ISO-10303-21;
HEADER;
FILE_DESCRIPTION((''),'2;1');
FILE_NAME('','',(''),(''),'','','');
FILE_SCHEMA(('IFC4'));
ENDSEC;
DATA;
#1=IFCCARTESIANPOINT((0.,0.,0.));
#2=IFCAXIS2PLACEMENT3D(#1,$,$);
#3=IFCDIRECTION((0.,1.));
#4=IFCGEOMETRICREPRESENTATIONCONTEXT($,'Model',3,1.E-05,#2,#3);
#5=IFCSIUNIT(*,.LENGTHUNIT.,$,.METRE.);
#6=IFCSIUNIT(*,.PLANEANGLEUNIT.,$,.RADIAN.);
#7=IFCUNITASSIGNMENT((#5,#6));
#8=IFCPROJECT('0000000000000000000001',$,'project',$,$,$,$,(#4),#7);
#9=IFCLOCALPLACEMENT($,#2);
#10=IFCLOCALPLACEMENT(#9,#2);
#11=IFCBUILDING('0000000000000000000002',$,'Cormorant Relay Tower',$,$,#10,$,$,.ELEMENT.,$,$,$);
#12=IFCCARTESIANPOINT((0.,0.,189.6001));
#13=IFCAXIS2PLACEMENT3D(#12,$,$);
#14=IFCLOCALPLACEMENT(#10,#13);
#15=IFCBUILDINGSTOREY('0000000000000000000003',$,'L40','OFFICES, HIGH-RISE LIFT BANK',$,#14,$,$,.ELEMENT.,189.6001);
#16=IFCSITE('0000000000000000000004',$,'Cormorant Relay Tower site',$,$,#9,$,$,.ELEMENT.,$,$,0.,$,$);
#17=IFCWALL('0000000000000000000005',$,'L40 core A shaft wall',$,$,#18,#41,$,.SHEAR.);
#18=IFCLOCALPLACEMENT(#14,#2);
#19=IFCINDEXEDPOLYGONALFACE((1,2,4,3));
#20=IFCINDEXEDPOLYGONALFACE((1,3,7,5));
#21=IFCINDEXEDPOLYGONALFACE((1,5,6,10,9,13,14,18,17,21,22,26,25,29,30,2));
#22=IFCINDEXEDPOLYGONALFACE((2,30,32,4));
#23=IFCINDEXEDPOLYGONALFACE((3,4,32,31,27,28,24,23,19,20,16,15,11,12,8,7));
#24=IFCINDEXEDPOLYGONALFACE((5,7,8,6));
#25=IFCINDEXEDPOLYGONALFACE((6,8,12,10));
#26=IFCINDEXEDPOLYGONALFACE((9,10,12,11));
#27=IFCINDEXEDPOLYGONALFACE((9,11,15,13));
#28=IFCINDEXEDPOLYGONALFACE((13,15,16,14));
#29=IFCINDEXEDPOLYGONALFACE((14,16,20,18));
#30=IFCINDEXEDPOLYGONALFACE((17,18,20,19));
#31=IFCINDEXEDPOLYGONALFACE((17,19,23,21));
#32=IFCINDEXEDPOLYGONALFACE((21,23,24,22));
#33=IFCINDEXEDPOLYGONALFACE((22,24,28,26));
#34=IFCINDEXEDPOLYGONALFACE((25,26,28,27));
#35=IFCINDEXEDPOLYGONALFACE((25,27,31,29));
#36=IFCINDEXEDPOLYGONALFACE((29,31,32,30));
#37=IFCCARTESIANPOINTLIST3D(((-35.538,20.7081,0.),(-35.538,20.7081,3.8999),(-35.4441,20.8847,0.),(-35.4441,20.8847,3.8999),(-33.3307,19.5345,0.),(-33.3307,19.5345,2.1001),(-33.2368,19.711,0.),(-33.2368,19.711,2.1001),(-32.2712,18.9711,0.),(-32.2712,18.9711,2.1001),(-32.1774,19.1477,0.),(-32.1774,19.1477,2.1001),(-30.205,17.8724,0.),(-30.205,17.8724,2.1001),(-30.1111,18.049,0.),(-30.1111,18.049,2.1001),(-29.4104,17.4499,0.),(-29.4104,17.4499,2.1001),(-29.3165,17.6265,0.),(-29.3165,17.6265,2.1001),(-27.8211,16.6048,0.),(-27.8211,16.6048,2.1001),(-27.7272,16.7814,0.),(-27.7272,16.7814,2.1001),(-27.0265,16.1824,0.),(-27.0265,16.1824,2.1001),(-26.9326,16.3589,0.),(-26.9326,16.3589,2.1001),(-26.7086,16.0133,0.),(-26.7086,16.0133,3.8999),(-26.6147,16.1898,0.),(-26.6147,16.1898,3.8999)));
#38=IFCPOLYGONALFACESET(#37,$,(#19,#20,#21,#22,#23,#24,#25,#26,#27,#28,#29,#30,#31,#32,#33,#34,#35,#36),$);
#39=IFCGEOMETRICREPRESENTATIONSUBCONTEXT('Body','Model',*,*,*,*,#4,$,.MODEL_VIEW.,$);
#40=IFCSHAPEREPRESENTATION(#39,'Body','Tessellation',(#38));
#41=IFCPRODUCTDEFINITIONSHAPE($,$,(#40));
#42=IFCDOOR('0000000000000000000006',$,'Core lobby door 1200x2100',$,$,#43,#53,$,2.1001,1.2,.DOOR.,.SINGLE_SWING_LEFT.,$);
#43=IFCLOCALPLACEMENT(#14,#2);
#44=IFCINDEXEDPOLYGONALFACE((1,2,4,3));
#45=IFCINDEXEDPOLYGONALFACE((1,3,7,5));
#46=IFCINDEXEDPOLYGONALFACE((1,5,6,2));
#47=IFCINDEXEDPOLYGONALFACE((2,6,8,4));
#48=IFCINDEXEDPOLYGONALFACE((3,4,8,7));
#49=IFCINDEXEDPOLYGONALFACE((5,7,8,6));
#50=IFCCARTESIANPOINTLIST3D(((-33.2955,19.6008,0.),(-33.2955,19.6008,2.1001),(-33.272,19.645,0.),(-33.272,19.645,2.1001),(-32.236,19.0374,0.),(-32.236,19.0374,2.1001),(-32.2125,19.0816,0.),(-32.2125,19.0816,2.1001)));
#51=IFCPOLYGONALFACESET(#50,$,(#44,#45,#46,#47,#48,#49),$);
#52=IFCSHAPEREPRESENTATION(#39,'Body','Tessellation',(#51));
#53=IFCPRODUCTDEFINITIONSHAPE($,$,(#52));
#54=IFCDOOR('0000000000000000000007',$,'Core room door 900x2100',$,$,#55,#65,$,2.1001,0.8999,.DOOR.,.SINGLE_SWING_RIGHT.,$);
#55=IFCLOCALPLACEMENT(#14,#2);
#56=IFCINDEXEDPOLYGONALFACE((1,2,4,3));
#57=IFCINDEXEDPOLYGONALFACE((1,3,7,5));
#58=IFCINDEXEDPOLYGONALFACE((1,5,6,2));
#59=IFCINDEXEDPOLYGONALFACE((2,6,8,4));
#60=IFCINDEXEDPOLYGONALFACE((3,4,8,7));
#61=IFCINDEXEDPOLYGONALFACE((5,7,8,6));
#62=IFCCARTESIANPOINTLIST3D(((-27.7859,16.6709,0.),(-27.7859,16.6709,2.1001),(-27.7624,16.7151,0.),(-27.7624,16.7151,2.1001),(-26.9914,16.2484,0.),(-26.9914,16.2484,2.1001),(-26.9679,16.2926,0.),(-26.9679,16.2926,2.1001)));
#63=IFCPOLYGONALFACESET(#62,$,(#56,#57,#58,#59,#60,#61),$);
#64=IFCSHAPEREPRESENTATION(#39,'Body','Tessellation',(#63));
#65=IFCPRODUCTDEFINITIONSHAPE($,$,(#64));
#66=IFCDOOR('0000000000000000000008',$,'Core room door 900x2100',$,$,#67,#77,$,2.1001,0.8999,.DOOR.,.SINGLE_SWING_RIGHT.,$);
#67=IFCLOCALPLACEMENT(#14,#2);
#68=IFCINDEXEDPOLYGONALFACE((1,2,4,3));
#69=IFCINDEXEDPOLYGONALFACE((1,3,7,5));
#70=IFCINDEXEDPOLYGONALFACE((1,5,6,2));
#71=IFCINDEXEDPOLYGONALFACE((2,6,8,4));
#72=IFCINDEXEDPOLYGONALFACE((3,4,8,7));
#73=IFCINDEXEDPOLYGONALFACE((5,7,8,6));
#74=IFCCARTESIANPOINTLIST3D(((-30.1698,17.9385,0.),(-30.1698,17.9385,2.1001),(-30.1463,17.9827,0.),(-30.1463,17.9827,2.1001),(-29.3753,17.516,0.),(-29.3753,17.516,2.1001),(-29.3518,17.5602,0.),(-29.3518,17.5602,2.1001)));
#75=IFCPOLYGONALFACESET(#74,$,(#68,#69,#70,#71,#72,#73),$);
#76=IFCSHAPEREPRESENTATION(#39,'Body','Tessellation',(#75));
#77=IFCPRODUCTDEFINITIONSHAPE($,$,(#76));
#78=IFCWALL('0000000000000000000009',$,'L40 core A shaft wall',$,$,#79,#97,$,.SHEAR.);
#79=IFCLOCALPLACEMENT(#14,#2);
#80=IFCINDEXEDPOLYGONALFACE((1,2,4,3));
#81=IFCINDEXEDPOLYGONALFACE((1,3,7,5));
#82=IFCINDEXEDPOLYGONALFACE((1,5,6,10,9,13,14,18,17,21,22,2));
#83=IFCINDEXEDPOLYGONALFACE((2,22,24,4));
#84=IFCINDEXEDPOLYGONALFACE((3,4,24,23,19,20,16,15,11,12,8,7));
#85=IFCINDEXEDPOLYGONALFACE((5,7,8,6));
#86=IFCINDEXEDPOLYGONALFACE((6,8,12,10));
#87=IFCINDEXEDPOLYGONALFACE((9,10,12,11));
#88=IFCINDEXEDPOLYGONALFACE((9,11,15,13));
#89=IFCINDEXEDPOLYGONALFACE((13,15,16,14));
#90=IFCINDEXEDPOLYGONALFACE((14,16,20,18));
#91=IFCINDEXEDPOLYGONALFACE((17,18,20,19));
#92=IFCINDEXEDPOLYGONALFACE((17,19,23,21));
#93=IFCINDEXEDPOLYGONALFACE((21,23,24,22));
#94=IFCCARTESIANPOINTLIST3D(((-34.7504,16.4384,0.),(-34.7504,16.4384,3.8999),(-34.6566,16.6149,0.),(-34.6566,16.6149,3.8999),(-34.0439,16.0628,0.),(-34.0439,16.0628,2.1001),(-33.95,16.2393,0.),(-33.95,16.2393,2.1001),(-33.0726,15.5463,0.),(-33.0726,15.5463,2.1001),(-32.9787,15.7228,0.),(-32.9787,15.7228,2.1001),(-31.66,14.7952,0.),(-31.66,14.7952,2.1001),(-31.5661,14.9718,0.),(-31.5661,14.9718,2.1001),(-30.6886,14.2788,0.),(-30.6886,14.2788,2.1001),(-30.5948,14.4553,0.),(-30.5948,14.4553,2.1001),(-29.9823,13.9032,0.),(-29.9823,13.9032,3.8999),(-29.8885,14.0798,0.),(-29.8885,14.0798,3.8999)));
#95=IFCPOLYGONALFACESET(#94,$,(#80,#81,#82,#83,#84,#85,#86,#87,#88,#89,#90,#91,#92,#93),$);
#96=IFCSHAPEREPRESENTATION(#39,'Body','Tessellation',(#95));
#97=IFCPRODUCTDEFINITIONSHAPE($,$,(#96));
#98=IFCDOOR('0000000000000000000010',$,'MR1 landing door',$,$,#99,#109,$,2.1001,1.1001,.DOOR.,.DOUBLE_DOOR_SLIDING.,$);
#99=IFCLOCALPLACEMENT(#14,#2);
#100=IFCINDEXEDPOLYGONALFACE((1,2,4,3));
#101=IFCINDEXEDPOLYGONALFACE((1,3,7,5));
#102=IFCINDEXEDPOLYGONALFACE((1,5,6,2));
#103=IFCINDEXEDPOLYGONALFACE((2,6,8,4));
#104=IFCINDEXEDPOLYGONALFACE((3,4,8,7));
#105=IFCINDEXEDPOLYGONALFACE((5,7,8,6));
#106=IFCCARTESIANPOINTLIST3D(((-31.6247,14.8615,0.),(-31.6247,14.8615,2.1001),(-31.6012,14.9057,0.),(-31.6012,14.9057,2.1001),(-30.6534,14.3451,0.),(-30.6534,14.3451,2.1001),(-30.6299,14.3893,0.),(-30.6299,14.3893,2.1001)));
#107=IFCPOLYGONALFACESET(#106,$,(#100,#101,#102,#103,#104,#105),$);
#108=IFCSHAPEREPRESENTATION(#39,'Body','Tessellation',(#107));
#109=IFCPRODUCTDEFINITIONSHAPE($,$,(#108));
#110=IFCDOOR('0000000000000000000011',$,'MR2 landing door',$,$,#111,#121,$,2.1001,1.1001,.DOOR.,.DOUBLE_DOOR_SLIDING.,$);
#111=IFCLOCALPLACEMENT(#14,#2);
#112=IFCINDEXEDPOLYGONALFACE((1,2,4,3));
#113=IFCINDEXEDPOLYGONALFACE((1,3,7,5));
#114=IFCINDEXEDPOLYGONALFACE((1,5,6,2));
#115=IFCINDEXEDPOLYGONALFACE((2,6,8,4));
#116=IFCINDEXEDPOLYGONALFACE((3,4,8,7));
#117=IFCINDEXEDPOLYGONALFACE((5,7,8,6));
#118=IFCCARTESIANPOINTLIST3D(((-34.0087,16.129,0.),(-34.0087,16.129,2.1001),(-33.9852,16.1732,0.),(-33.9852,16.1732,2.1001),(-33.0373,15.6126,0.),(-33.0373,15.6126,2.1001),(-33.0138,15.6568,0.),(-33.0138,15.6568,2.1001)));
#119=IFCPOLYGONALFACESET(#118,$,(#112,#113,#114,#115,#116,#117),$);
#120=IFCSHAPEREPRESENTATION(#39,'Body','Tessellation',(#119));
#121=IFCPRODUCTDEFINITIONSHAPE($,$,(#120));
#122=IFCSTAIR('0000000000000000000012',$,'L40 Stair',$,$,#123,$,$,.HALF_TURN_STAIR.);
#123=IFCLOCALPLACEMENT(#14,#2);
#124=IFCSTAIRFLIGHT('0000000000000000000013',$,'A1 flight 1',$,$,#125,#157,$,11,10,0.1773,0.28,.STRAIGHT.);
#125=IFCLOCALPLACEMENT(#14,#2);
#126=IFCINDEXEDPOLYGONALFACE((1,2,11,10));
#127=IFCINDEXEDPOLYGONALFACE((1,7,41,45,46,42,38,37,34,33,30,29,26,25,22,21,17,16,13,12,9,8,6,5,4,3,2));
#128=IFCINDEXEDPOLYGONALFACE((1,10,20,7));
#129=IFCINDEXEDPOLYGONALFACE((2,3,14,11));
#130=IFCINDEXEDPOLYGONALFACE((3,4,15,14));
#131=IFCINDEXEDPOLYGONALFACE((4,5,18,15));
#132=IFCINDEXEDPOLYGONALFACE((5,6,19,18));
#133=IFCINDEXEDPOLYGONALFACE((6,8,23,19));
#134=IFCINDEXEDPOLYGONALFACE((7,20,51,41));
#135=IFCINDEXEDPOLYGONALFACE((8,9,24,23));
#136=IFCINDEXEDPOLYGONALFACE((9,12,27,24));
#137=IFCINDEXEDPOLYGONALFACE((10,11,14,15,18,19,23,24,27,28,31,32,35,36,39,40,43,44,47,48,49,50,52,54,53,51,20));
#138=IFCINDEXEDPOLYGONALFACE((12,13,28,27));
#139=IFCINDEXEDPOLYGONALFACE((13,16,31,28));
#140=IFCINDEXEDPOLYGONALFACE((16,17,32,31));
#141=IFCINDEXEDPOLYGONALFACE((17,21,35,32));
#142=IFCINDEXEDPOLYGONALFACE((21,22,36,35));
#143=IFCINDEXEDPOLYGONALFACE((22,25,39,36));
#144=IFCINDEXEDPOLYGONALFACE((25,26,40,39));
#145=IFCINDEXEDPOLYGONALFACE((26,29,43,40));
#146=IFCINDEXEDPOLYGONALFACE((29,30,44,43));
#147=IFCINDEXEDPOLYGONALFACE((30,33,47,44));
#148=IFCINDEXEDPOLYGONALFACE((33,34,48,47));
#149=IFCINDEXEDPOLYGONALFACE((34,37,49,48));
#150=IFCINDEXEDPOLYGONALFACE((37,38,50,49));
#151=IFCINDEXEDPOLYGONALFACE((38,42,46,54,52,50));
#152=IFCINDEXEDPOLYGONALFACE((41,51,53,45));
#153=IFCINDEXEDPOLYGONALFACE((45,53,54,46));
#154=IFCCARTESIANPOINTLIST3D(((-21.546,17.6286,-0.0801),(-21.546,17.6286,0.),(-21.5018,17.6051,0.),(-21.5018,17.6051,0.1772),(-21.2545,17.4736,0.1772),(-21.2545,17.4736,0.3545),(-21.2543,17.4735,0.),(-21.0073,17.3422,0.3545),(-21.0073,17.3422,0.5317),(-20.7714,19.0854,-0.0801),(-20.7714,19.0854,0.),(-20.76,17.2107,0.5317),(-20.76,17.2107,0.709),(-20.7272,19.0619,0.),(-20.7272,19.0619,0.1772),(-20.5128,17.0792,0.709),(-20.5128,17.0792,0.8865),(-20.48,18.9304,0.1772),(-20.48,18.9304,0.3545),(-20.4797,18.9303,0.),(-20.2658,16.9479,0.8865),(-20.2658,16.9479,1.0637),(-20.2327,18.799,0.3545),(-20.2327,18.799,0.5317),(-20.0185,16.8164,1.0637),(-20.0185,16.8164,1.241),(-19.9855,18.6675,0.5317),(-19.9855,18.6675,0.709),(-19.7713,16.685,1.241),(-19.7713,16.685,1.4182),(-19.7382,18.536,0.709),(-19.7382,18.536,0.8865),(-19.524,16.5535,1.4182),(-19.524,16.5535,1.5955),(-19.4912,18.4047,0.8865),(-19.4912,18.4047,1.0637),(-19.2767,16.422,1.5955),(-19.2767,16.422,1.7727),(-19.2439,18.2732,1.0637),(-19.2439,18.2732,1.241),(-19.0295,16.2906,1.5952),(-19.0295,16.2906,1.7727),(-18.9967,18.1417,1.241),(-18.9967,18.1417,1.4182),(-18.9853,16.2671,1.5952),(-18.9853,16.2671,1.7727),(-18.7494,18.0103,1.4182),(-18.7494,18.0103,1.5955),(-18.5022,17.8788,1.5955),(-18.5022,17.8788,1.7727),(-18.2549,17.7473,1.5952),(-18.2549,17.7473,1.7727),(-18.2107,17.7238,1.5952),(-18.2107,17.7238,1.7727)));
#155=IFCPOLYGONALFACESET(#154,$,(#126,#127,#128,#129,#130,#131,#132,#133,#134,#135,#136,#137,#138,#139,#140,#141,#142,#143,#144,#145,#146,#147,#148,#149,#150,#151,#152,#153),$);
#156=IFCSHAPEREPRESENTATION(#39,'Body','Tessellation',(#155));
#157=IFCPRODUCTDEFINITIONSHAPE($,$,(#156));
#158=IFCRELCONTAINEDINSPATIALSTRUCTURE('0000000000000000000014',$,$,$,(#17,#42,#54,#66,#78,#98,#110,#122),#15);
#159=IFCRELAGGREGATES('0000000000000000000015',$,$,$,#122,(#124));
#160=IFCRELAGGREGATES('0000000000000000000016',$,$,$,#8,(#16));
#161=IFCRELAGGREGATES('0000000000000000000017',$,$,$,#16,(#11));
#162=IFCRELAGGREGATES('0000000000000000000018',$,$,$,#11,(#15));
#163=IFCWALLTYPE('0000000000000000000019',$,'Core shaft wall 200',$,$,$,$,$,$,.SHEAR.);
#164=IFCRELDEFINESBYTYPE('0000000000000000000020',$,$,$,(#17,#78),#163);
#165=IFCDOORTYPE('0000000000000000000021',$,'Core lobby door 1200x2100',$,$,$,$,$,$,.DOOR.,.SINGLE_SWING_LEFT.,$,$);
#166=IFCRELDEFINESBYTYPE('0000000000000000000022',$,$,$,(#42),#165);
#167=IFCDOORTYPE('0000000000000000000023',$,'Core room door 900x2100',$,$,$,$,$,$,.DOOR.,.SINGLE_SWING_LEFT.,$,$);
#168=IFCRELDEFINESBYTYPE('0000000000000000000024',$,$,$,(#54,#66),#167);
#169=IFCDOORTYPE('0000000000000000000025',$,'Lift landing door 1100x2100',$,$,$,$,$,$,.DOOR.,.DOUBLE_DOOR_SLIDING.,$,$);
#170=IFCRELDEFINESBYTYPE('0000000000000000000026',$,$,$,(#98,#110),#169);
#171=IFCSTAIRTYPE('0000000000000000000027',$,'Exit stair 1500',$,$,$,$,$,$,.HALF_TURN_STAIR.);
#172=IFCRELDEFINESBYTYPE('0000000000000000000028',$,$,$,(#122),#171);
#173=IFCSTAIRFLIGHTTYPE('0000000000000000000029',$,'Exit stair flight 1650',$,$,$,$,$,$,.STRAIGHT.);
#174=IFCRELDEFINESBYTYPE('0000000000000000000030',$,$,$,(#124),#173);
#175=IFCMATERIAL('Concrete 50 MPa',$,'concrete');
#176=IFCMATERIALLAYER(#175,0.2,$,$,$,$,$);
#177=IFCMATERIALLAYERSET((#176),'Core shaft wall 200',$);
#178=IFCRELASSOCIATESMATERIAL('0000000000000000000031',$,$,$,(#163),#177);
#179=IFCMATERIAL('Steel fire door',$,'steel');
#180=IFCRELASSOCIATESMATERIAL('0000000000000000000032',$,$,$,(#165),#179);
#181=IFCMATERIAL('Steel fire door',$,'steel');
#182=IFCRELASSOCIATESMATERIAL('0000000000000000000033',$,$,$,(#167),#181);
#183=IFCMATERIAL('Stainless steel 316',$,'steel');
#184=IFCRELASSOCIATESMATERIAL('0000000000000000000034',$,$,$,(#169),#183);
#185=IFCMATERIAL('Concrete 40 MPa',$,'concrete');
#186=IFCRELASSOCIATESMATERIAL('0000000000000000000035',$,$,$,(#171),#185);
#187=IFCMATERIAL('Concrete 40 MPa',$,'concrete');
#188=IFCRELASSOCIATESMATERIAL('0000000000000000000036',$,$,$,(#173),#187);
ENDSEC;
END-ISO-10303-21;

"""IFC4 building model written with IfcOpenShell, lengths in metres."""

from ifc_helpers import new_model, si_unit, direction, frame, frame_2d, origin, place, context, subcontext, project, spatial, polyline, rectangle, outline, extrude, material, layer, layer_set, type_object, element, fill, aggregate, save


model = new_model("IFC4")

# Units and contexts
model_context = context("Model", 3, precision=1e-05, world=origin(), true_north=direction((0.0, 1.0)))
body_context = subcontext(model_context, "Body", "Model", "MODEL_VIEW")
ifc_project = project(units=[si_unit("LENGTHUNIT", "METRE"), si_unit("PLANEANGLEUNIT", "RADIAN")], contexts=[model_context])

# Site, building, storey
site_placement = place(None, origin())
site = spatial("IfcSite", under=ifc_project, at=site_placement, Name="Cormorant Relay Tower site", CompositionType="ELEMENT", RefElevation=0.0)
building_placement = place(site_placement, origin())
building = spatial("IfcBuilding", under=site, at=building_placement, Name="Cormorant Relay Tower", CompositionType="ELEMENT")
storey_placement = place(building_placement, frame((0.0, 0.0, 189.6001)))
storey = spatial("IfcBuildingStorey", under=building, at=storey_placement, Name="L40", Description="OFFICES, HIGH-RISE LIFT BANK", CompositionType="ELEMENT", Elevation=189.6001)

# Shared definitions
ifc_material_1 = material(Name="Concrete 50 MPa", Category="concrete")
ifc_layer_1 = layer(ifc_material_1, 0.2)
ifc_layer_set_1 = layer_set([ifc_layer_1], Name="Core shaft wall 200")
wall_type_1 = type_object("IfcWallType", Name="Core shaft wall 200", PredefinedType="SHEAR", material=ifc_layer_set_1)

# Walls, openings, doors
wall_1_placement = place(storey_placement, frame((-26.6616, 16.1016, 0.0), z_axis=(0.0, 0.0, 1.0), x_axis=(-0.88294, 0.469485, 0.0)))
wall_1 = element("IfcWall", 1, at=wall_1_placement, inside=storey, type_object=wall_type_1, Name="L40 core A shaft wall", PredefinedType="SHEAR", context=body_context, shape_type="SweptSolid", body=[
    extrude(rectangle(XDim=10.0, YDim=0.2, at=frame_2d((5.0, 0.0))), origin(), (0.0, 0.0, 1.0), 3.8999),
])
opening_1_placement = place(wall_1_placement, frame((6.3, 0.0, 0.0)))
opening_1 = element("IfcOpeningElement", 2, at=opening_1_placement, cuts=wall_1, PredefinedType="OPENING", context=body_context, shape_type="SweptSolid", body=[
    extrude(rectangle(XDim=1.2, YDim=2.1001, at=frame_2d((0.6001, 1.05))), frame((0.0, 0.1099, 0.0), z_axis=(0.0, -1.0, 0.0), x_axis=(1.0, 0.0, 0.0)), (0.0, 0.0, 1.0), 0.22),
])
opening_2_placement = place(wall_1_placement, frame((0.3601, 0.0, 0.0)))
opening_2 = element("IfcOpeningElement", 3, at=opening_2_placement, cuts=wall_1, PredefinedType="OPENING", context=body_context, shape_type="SweptSolid", body=[
    extrude(rectangle(XDim=0.8999, YDim=2.1001, at=frame_2d((0.45, 1.05))), frame((0.0, 0.1099, 0.0), z_axis=(0.0, -1.0, 0.0), x_axis=(1.0, 0.0, 0.0)), (0.0, 0.0, 1.0), 0.22),
])
opening_3_placement = place(wall_1_placement, frame((3.0601, 0.0, 0.0)))
opening_3 = element("IfcOpeningElement", 4, at=opening_3_placement, cuts=wall_1, PredefinedType="OPENING", context=body_context, shape_type="SweptSolid", body=[
    extrude(rectangle(XDim=0.8999, YDim=2.1001, at=frame_2d((0.45, 1.05))), frame((0.0, 0.1099, 0.0), z_axis=(0.0, -1.0, 0.0), x_axis=(1.0, 0.0, 0.0)), (0.0, 0.0, 1.0), 0.22),
])
ifc_material_2 = material(Name="Steel fire door", Category="steel")
door_type_1 = type_object("IfcDoorType", Name="Core lobby door 1200x2100", OperationType="SINGLE_SWING_LEFT", PredefinedType="DOOR", material=ifc_material_2)
door_1_placement = place(opening_1_placement, origin())
door_1 = element("IfcDoor", 5, at=door_1_placement, inside=storey, type_object=door_type_1, Name="Core lobby door 1200x2100", OperationType="SINGLE_SWING_LEFT", OverallHeight=2.1001, OverallWidth=1.2, PredefinedType="DOOR", context=body_context, shape_type="SweptSolid", body=[
    extrude(rectangle(XDim=1.2, YDim=2.1001, at=frame_2d((0.6001, 1.05))), frame((0.0, 0.0249, 0.0), z_axis=(0.0, -1.0, 0.0), x_axis=(1.0, 0.0, 0.0)), (0.0, 0.0, 1.0), 0.05),
])
fill(opening_1, door_1)
ifc_material_3 = material(Name="Steel fire door", Category="steel")
door_type_2 = type_object("IfcDoorType", Name="Core room door 900x2100", OperationType="SINGLE_SWING_LEFT", PredefinedType="DOOR", material=ifc_material_3)
door_2_placement = place(opening_2_placement, frame((0.8999, 0.0, 0.0), z_axis=(0.0, 0.0, 1.0), x_axis=(-1.0, 0.0, 0.0)))
door_2 = element("IfcDoor", 6, at=door_2_placement, inside=storey, type_object=door_type_2, Name="Core room door 900x2100", OperationType="SINGLE_SWING_RIGHT", OverallHeight=2.1001, OverallWidth=0.8999, PredefinedType="DOOR", context=body_context, shape_type="SweptSolid", body=[
    extrude(rectangle(XDim=0.8999, YDim=2.1001, at=frame_2d((0.45, 1.05))), frame((0.0, 0.0249, 0.0), z_axis=(0.0, -1.0, 0.0), x_axis=(1.0, 0.0, 0.0)), (0.0, 0.0, 1.0), 0.05),
])
fill(opening_2, door_2)
door_3_placement = place(opening_3_placement, frame((0.8999, 0.0, 0.0), z_axis=(0.0, 0.0, 1.0), x_axis=(-1.0, 0.0, 0.0)))
door_3 = element("IfcDoor", 7, at=door_3_placement, inside=storey, type_object=door_type_2, Name="Core room door 900x2100", OperationType="SINGLE_SWING_RIGHT", OverallHeight=2.1001, OverallWidth=0.8999, PredefinedType="DOOR", context=body_context, shape_type="SweptSolid", body=[
    extrude(rectangle(XDim=0.8999, YDim=2.1001, at=frame_2d((0.45, 1.05))), frame((0.0, 0.0249, 0.0), z_axis=(0.0, -1.0, 0.0), x_axis=(1.0, 0.0, 0.0)), (0.0, 0.0, 1.0), 0.05),
])
fill(opening_3, door_3)
wall_2_placement = place(storey_placement, frame((-29.9353, 13.9915, 0.0), z_axis=(0.0, 0.0, 1.0), x_axis=(-0.882953, 0.469462, 0.0)))
wall_2 = element("IfcWall", 8, at=wall_2_placement, inside=storey, type_object=wall_type_1, Name="L40 core A shaft wall", PredefinedType="SHEAR", context=body_context, shape_type="SweptSolid", body=[
    extrude(rectangle(XDim=5.4001, YDim=0.2, at=frame_2d((2.7002, 0.0))), origin(), (0.0, 0.0, 1.0), 3.8999),
])
opening_4_placement = place(wall_2_placement, frame((0.8, 0.0, 0.0)))
opening_4 = element("IfcOpeningElement", 9, at=opening_4_placement, cuts=wall_2, PredefinedType="OPENING", context=body_context, shape_type="SweptSolid", body=[
    extrude(rectangle(XDim=1.1001, YDim=2.1001, at=frame_2d((0.55, 1.05))), frame((0.0, 0.1099, 0.0), z_axis=(0.0, -1.0, 0.0), x_axis=(1.0, 0.0, 0.0)), (0.0, 0.0, 1.0), 0.22),
])
opening_5_placement = place(wall_2_placement, frame((3.5, 0.0, 0.0)))
opening_5 = element("IfcOpeningElement", 10, at=opening_5_placement, cuts=wall_2, PredefinedType="OPENING", context=body_context, shape_type="SweptSolid", body=[
    extrude(rectangle(XDim=1.1001, YDim=2.1001, at=frame_2d((0.55, 1.05))), frame((0.0, 0.1099, 0.0), z_axis=(0.0, -1.0, 0.0), x_axis=(1.0, 0.0, 0.0)), (0.0, 0.0, 1.0), 0.22),
])
ifc_material_4 = material(Name="Stainless steel 316", Category="steel")
door_type_3 = type_object("IfcDoorType", Name="Lift landing door 1100x2100", OperationType="DOUBLE_DOOR_SLIDING", PredefinedType="DOOR", material=ifc_material_4)
door_4_placement = place(opening_4_placement, origin())
door_4 = element("IfcDoor", 11, at=door_4_placement, inside=storey, type_object=door_type_3, Name="MR1 landing door", OperationType="DOUBLE_DOOR_SLIDING", OverallHeight=2.1001, OverallWidth=1.1001, PredefinedType="DOOR", context=body_context, shape_type="SweptSolid", body=[
    extrude(rectangle(XDim=1.1001, YDim=2.1001, at=frame_2d((0.55, 1.05))), frame((0.0, 0.0249, 0.0), z_axis=(0.0, -1.0, 0.0), x_axis=(1.0, 0.0, 0.0)), (0.0, 0.0, 1.0), 0.05),
])
fill(opening_4, door_4)
door_5_placement = place(opening_5_placement, origin())
door_5 = element("IfcDoor", 12, at=door_5_placement, inside=storey, type_object=door_type_3, Name="MR2 landing door", OperationType="DOUBLE_DOOR_SLIDING", OverallHeight=2.1001, OverallWidth=1.1001, PredefinedType="DOOR", context=body_context, shape_type="SweptSolid", body=[
    extrude(rectangle(XDim=1.1001, YDim=2.1001, at=frame_2d((0.55, 1.05))), frame((0.0, 0.0249, 0.0), z_axis=(0.0, -1.0, 0.0), x_axis=(1.0, 0.0, 0.0)), (0.0, 0.0, 1.0), 0.05),
])
fill(opening_5, door_5)

# Stair, stair flight
ifc_material_5 = material(Name="Concrete 40 MPa", Category="concrete")
stair_type = type_object("IfcStairType", Name="Exit stair 1500", PredefinedType="HALF_TURN_STAIR", material=ifc_material_5)
stair_placement = place(storey_placement, origin())
stair = element("IfcStair", 13, at=stair_placement, inside=storey, type_object=stair_type, Name="L40 Stair", PredefinedType="HALF_TURN_STAIR")
ifc_material_6 = material(Name="Concrete 40 MPa", Category="concrete")
stair_flight_type = type_object("IfcStairFlightType", Name="Exit stair flight 1650", PredefinedType="STRAIGHT", material=ifc_material_6)
stair_flight_placement = place(storey_placement, frame((-21.1145, 18.3335, 0.0), z_axis=(0.0, 0.0, 1.0), x_axis=(0.882948, -0.469472, 0.0)))
stair_flight = element("IfcStairFlight", 14, at=stair_flight_placement, type_object=stair_flight_type, Name="A1 flight 1", NumberOfRisers=11, NumberOfTreads=10, PredefinedType="STRAIGHT", RiserHeight=0.1773, TreadLength=0.28, context=body_context, shape_type="SweptSolid", body=[
    extrude(outline(polyline([(-0.05, -0.0801), (-0.05, 0.0), (0.0, 0.0), (0.0, 0.1772), (0.28, 0.1772), (0.28, 0.3545), (0.5601, 0.3545), (0.5601, 0.5317), (0.8401, 0.5317), (0.8401, 0.709), (1.1201, 0.709), (1.1201, 0.8865), (1.3999, 0.8865), (1.3999, 1.0637), (1.6799, 1.0637), (1.6799, 1.241), (1.96, 1.241), (1.96, 1.4182), (2.24, 1.4182), (2.24, 1.5955), (2.52, 1.5955), (2.52, 1.7727), (2.8, 1.7727), (2.8501, 1.7727), (2.8501, 1.5952), (2.8, 1.5952), (0.2803, 0.0), (-0.05, -0.0801)])), frame((0.0, 0.825, 0.0), z_axis=(0.0, -1.0, 0.0), x_axis=(1.0, 0.0, 0.0)), (0.0, 0.0, 1.0), 1.6499),
])
aggregate(stair, [stair_flight])

save(model, "model.ifc")
